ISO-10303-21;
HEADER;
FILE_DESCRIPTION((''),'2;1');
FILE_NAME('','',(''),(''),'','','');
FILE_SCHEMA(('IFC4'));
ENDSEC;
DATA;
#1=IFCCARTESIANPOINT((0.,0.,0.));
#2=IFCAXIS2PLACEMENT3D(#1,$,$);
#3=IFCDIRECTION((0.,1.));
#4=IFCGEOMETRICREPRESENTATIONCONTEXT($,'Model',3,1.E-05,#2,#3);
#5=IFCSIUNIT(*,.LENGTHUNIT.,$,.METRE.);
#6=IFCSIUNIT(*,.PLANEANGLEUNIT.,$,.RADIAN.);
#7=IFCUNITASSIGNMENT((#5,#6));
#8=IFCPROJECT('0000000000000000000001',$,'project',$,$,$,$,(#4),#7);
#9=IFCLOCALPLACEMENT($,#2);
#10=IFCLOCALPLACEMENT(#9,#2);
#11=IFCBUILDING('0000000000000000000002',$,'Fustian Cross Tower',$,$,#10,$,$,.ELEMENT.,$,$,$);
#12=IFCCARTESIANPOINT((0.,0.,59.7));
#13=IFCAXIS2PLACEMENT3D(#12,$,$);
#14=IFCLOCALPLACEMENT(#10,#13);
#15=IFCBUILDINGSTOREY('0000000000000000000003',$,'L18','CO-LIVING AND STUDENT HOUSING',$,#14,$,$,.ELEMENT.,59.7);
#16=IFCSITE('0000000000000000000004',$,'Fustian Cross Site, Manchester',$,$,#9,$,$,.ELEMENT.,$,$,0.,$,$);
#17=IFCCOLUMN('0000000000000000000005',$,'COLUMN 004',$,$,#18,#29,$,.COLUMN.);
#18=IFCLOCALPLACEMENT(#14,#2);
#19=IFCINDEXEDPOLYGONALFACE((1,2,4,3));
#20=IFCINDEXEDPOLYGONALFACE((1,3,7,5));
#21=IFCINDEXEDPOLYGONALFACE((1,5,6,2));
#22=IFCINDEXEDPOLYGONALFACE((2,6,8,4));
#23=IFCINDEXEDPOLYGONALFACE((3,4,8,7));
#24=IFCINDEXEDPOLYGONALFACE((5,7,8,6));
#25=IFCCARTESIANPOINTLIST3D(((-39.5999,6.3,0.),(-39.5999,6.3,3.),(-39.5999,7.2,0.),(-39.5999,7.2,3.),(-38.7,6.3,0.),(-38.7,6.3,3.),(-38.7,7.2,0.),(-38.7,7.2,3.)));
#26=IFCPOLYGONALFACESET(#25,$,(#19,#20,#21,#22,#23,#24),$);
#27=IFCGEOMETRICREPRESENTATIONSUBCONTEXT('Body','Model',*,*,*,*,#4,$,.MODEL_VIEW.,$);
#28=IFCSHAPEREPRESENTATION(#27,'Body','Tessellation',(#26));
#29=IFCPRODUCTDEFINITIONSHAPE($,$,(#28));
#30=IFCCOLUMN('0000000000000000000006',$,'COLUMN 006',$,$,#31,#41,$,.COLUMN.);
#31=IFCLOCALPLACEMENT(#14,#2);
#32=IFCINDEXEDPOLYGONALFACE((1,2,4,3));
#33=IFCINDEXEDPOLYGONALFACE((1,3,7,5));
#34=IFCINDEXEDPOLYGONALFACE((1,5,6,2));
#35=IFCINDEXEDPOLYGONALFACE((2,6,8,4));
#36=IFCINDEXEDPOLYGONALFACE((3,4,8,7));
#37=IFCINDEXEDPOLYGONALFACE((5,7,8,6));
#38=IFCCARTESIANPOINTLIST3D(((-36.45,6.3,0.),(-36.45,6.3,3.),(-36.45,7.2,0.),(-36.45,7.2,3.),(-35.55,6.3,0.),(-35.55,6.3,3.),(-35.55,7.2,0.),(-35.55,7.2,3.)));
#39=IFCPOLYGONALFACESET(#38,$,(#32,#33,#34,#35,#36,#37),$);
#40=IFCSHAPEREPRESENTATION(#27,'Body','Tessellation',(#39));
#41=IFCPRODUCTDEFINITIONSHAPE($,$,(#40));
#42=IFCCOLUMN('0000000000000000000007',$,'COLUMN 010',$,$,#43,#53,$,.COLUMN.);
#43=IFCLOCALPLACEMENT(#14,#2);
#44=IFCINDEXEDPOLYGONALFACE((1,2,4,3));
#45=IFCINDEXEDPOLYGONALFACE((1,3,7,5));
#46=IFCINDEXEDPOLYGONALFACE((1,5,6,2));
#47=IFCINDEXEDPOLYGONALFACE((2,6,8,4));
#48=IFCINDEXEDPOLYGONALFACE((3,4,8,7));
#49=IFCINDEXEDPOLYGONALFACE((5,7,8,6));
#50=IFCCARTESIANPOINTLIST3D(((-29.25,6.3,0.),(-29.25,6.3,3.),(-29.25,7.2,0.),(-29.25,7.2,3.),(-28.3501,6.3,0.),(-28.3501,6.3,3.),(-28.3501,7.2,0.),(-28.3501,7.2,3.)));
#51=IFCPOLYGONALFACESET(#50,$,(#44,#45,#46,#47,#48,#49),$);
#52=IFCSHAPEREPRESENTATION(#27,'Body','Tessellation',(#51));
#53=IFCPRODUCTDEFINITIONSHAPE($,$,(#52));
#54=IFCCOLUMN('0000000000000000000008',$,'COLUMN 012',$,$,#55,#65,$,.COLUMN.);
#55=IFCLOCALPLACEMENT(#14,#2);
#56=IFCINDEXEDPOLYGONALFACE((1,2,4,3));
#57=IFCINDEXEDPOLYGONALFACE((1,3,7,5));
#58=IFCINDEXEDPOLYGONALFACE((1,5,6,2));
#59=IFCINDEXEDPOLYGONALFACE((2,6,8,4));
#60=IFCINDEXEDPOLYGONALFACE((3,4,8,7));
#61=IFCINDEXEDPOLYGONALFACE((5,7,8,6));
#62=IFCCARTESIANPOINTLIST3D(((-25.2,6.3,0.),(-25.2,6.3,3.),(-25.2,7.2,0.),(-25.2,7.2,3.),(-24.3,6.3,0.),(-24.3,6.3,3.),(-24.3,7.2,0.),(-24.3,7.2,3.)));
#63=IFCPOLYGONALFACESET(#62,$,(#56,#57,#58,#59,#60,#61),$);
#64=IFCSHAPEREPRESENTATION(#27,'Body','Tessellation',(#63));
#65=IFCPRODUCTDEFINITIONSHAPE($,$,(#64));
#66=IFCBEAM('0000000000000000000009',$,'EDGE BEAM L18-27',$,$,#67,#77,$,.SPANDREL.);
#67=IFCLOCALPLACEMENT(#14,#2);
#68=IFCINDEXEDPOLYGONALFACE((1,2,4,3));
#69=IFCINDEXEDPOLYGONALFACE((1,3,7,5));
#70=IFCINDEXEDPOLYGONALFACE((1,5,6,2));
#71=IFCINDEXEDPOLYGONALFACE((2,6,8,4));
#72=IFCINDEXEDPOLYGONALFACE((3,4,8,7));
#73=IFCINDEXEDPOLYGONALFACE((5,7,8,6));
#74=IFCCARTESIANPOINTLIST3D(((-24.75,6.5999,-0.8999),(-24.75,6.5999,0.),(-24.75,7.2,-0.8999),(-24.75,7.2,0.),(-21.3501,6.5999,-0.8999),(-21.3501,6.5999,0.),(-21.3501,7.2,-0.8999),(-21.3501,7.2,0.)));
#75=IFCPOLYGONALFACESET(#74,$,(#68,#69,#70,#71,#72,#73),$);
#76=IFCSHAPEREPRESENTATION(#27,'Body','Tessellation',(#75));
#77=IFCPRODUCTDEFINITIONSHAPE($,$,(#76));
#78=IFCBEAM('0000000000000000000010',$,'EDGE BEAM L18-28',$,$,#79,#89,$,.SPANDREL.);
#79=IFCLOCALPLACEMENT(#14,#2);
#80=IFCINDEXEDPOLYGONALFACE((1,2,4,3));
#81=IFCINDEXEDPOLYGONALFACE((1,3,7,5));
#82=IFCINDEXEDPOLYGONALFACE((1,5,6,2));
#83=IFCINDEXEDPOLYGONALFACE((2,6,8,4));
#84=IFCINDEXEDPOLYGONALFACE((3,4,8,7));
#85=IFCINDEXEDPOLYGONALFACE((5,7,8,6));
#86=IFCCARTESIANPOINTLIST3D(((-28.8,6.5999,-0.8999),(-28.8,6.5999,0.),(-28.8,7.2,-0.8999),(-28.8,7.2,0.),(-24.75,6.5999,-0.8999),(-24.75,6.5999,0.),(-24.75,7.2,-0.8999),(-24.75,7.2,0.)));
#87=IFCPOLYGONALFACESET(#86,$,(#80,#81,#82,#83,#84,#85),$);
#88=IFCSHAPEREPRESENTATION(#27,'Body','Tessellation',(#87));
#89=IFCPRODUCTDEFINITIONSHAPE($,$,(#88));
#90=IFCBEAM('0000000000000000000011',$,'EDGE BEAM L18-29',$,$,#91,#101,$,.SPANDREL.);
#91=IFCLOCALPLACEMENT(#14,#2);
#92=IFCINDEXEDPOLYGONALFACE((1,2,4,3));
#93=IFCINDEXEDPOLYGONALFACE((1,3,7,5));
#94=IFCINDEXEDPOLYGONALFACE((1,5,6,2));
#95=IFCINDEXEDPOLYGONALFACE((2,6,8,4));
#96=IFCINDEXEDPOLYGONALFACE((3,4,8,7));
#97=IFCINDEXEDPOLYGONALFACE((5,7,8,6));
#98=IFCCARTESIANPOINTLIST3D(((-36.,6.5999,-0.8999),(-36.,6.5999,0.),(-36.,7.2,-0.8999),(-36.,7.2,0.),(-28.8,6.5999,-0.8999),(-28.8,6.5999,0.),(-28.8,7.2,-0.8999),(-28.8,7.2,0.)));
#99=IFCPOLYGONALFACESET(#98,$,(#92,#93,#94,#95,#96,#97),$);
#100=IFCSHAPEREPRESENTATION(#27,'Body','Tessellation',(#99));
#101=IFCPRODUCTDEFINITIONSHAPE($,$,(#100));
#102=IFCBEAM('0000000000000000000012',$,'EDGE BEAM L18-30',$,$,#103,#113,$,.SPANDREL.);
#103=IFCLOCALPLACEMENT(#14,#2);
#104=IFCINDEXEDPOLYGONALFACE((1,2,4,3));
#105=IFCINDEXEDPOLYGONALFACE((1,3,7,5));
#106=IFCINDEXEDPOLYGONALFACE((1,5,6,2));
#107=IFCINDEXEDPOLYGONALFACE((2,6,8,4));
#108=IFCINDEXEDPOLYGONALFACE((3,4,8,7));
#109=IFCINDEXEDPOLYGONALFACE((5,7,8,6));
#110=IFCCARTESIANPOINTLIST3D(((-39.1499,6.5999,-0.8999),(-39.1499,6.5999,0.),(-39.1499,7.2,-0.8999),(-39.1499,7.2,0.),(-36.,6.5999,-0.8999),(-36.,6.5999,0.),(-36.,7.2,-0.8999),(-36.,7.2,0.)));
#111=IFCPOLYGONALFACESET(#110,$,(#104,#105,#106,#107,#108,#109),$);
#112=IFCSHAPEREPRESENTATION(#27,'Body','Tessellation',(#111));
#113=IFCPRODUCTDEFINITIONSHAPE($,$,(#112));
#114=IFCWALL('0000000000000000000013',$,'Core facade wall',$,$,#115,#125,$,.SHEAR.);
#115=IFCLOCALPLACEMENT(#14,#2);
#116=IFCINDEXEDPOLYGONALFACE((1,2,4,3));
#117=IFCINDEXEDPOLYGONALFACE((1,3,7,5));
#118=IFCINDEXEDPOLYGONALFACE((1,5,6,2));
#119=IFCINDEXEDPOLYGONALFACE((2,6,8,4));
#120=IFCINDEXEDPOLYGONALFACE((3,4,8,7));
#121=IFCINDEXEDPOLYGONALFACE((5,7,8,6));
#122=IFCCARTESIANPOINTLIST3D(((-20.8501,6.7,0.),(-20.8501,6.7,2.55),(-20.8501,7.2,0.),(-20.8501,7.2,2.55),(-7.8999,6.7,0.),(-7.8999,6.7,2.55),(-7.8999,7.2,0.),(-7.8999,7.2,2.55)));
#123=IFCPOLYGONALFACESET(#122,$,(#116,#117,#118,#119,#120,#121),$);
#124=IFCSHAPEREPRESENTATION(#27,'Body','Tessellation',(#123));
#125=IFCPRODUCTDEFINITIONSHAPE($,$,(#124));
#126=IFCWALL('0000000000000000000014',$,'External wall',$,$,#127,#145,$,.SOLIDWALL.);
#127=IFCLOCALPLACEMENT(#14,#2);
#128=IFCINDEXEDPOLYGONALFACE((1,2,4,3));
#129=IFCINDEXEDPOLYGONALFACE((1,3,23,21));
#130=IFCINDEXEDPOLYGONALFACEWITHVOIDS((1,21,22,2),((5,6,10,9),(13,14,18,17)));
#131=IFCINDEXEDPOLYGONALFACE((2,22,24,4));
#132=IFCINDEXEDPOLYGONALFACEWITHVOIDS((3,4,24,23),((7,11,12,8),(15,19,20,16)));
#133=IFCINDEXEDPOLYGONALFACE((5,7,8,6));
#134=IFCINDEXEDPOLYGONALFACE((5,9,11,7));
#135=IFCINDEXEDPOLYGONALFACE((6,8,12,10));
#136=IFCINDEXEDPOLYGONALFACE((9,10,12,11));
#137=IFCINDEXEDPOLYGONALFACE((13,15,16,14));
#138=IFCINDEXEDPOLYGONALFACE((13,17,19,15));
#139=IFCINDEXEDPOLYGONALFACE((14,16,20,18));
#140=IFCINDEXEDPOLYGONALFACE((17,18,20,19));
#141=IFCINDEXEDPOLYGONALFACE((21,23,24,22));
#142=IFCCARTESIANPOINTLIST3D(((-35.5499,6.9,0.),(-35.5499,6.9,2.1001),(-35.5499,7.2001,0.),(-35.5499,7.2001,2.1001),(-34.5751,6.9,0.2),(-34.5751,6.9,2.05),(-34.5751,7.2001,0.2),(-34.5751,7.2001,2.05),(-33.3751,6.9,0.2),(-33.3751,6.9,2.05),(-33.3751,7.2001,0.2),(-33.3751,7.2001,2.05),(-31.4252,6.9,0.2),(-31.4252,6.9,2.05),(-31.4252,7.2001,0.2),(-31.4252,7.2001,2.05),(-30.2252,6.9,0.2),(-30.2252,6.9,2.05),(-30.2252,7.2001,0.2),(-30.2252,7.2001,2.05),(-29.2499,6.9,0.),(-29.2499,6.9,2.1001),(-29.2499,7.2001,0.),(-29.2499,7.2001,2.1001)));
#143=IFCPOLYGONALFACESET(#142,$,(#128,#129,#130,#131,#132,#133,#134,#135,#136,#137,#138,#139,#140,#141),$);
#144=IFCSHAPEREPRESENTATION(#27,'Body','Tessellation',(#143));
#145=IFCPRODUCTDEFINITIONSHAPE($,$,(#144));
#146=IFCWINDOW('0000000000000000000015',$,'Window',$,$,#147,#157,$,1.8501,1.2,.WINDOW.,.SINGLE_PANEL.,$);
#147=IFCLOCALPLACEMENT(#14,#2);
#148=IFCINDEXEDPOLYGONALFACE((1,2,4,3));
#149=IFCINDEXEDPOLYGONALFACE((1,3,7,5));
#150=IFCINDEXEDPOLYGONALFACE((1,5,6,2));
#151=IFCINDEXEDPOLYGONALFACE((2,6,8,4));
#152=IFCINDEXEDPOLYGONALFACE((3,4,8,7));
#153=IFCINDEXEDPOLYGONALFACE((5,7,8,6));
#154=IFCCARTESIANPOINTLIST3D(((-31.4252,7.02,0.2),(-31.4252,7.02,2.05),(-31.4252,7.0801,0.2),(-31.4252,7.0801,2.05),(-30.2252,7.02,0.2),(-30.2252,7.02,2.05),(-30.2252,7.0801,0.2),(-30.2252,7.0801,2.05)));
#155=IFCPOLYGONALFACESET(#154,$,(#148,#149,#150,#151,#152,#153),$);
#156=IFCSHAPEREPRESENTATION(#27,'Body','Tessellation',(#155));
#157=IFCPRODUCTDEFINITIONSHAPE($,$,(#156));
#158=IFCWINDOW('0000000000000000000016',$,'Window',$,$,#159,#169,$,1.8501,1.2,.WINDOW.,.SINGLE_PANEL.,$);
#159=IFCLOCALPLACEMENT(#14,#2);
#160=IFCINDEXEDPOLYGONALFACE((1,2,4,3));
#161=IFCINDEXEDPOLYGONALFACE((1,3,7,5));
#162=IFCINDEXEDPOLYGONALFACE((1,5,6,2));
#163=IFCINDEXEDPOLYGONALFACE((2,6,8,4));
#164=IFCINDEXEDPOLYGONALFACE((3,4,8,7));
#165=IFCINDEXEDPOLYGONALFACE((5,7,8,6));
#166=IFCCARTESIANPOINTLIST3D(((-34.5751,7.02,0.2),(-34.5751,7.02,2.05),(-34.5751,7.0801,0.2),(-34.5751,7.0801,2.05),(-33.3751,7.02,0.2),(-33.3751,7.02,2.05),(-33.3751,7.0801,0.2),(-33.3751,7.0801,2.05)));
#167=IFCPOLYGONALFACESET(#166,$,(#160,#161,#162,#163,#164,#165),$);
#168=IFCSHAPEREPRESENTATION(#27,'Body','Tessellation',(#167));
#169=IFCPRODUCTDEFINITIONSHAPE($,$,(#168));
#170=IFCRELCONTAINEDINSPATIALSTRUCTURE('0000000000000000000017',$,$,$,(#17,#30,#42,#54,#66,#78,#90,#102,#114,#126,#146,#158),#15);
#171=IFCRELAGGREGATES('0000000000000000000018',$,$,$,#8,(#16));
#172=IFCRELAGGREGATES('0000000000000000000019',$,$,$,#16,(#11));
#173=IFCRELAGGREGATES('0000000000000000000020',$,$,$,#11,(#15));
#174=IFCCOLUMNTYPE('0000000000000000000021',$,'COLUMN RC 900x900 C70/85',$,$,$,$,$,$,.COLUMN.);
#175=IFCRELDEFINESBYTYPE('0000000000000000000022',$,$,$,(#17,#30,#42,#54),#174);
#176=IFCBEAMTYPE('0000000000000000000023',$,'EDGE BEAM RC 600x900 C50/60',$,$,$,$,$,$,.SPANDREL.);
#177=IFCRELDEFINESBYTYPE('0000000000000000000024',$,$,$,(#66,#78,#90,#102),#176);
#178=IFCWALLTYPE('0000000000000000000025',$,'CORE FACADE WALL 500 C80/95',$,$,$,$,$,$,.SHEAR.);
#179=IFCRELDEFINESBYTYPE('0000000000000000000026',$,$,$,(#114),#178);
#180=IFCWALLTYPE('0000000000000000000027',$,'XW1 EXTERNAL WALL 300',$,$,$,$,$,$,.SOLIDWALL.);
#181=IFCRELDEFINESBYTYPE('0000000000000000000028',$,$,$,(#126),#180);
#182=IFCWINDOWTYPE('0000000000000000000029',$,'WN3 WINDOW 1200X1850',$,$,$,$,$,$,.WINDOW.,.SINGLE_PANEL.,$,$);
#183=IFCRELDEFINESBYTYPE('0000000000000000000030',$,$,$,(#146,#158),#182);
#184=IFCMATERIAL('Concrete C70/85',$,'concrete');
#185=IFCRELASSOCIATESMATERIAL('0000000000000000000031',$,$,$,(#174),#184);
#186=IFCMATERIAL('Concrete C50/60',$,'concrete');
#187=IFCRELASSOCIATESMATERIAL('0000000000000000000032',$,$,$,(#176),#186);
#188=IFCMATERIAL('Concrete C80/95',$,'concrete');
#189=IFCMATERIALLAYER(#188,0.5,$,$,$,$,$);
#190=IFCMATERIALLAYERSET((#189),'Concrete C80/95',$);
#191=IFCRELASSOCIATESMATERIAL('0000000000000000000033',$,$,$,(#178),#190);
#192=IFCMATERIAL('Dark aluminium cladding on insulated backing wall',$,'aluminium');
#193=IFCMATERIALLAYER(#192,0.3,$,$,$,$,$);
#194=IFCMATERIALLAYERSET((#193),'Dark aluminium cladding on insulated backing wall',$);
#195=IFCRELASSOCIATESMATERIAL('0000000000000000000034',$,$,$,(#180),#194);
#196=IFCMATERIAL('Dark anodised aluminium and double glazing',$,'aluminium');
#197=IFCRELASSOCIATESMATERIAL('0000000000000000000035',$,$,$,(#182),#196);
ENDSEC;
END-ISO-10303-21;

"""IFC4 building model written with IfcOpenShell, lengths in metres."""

from ifc_helpers import new_model, si_unit, direction, frame, frame_2d, origin, origin_2d, place, context, subcontext, project, spatial, rectangle, extrude, material, layer, layer_set, material_profile, profile_set, type_object, element, fill, save


model = new_model("IFC4")

# Units and contexts
model_context = context("Model", 3, precision=1e-05, world=origin(), true_north=direction((0.0, 1.0)))
body_context = subcontext(model_context, "Body", "Model", "MODEL_VIEW")
ifc_project = project(units=[si_unit("LENGTHUNIT", "METRE"), si_unit("PLANEANGLEUNIT", "RADIAN")], contexts=[model_context])

# Site, building, storey
site_placement = place(None, origin())
site = spatial("IfcSite", under=ifc_project, at=site_placement, Name="Fustian Cross Site, Manchester", CompositionType="ELEMENT", RefElevation=0.0)
building_placement = place(site_placement, origin())
building = spatial("IfcBuilding", under=site, at=building_placement, Name="Fustian Cross Tower", CompositionType="ELEMENT")
storey_placement = place(building_placement, frame((0.0, 0.0, 59.7)))
storey = spatial("IfcBuildingStorey", under=building, at=storey_placement, Name="L18", Description="CO-LIVING AND STUDENT HOUSING", CompositionType="ELEMENT", Elevation=59.7)

# Columns
ifc_material_1 = material(Name="Concrete C70/85", Category="concrete")
ifc_material_profile_1 = material_profile(ifc_material_1, rectangle(XDim=0.8999, YDim=0.8999, at=origin_2d()), Name="RC 900x900")
ifc_profile_set_1 = profile_set([ifc_material_profile_1], Name="Concrete C70/85")
column_type = type_object("IfcColumnType", Name="COLUMN RC 900x900 C70/85", PredefinedType="COLUMN", material=ifc_profile_set_1)
for number, where, z_axis, x_axis, name in (
    (1, (-39.1499, 6.75, 0.0), (0.0, 0.0, 1.0), (1.0, 0.0, 0.0), "COLUMN 004"),
    (2, (-36.0, 6.75, 0.0), (0.0, 0.0, 1.0), (1.0, 0.0, 0.0), "COLUMN 006"),
    (3, (-28.8, 6.75, 0.0), (0.0, 0.0, 1.0), (1.0, 0.0, 0.0), "COLUMN 010"),
    (4, (-24.75, 6.75, 0.0), (0.0, 0.0, 1.0), (1.0, 0.0, 0.0), "COLUMN 012"),
):
    element("IfcColumn", number, at=place(storey_placement, frame(where, z_axis=z_axis, x_axis=x_axis)), inside=storey, type_object=column_type, Name=name, PredefinedType="COLUMN", context=body_context, shape_type="SweptSolid", body=[
        extrude(rectangle(XDim=0.8999, YDim=0.8999, at=origin_2d()), origin(), (0.0, 0.0, 1.0), 3.0),
    ])

# Beams
ifc_material_2 = material(Name="Concrete C50/60", Category="concrete")
ifc_material_profile_2 = material_profile(ifc_material_2, rectangle(XDim=0.6001, YDim=0.8999, at=origin_2d()), Name="RC 600x900")
ifc_profile_set_2 = profile_set([ifc_material_profile_2], Name="Concrete C50/60")
beam_type = type_object("IfcBeamType", Name="EDGE BEAM RC 600x900 C50/60", PredefinedType="SPANDREL", material=ifc_profile_set_2)
beam_1_placement = place(storey_placement, frame((-21.3501, 6.8999, -0.45), z_axis=(-1.0, 0.0, 0.0), x_axis=(0.0, -1.0, 0.0)))
element("IfcBeam", 5, at=beam_1_placement, inside=storey, type_object=beam_type, Name="EDGE BEAM L18-27", PredefinedType="SPANDREL", context=body_context, shape_type="SweptSolid", body=[
    extrude(rectangle(XDim=0.6001, YDim=0.8999, at=origin_2d()), origin(), (0.0, 0.0, 1.0), 3.3999),
])
beam_2_placement = place(storey_placement, frame((-24.75, 6.8999, -0.45), z_axis=(-1.0, 0.0, 0.0), x_axis=(0.0, -1.0, 0.0)))
element("IfcBeam", 6, at=beam_2_placement, inside=storey, type_object=beam_type, Name="EDGE BEAM L18-28", PredefinedType="SPANDREL", context=body_context, shape_type="SweptSolid", body=[
    extrude(rectangle(XDim=0.6001, YDim=0.8999, at=origin_2d()), origin(), (0.0, 0.0, 1.0), 4.05),
])
beam_3_placement = place(storey_placement, frame((-28.8, 6.8999, -0.45), z_axis=(-1.0, 0.0, 0.0), x_axis=(0.0, -1.0, 0.0)))
element("IfcBeam", 7, at=beam_3_placement, inside=storey, type_object=beam_type, Name="EDGE BEAM L18-29", PredefinedType="SPANDREL", context=body_context, shape_type="SweptSolid", body=[
    extrude(rectangle(XDim=0.6001, YDim=0.8999, at=origin_2d()), origin(), (0.0, 0.0, 1.0), 7.2),
])
beam_4_placement = place(storey_placement, frame((-36.0, 6.8999, -0.45), z_axis=(-1.0, 0.0, 0.0), x_axis=(0.0, -1.0, 0.0)))
element("IfcBeam", 8, at=beam_4_placement, inside=storey, type_object=beam_type, Name="EDGE BEAM L18-30", PredefinedType="SPANDREL", context=body_context, shape_type="SweptSolid", body=[
    extrude(rectangle(XDim=0.6001, YDim=0.8999, at=origin_2d()), origin(), (0.0, 0.0, 1.0), 3.1499),
])

# Wall
ifc_material_3 = material(Name="Concrete C80/95", Category="concrete")
ifc_layer_1 = layer(ifc_material_3, 0.5)
ifc_layer_set_1 = layer_set([ifc_layer_1], Name="Concrete C80/95")
wall_type_1 = type_object("IfcWallType", Name="CORE FACADE WALL 500 C80/95", PredefinedType="SHEAR", material=ifc_layer_set_1)
wall_1_placement = place(storey_placement, frame((-7.8999, 6.95, 0.0), z_axis=(0.0, 0.0, 1.0), x_axis=(-1.0, 0.0, 0.0)))
element("IfcWall", 9, at=wall_1_placement, inside=storey, type_object=wall_type_1, Name="Core facade wall", PredefinedType="SHEAR", context=body_context, shape_type="SweptSolid", body=[
    extrude(rectangle(XDim=12.9502, YDim=0.5, at=frame_2d((6.4751, 0.0))), origin(), (0.0, 0.0, 1.0), 2.55),
])

# Wall, openings, windows
ifc_material_4 = material(Name="Dark aluminium cladding on insulated backing wall", Category="aluminium")
ifc_layer_2 = layer(ifc_material_4, 0.3)
ifc_layer_set_2 = layer_set([ifc_layer_2], Name="Dark aluminium cladding on insulated backing wall")
wall_type_2 = type_object("IfcWallType", Name="XW1 EXTERNAL WALL 300", PredefinedType="SOLIDWALL", material=ifc_layer_set_2)
wall_2_placement = place(storey_placement, frame((-29.25, 7.05, 0.0), z_axis=(0.0, 0.0, 1.0), x_axis=(-1.0, 0.0, 0.0)))
wall_2 = element("IfcWall", 10, at=wall_2_placement, inside=storey, type_object=wall_type_2, Name="External wall", PredefinedType="SOLIDWALL", context=body_context, shape_type="SweptSolid", body=[
    extrude(rectangle(XDim=6.3, YDim=0.3, at=frame_2d((3.1499, 0.0))), origin(), (0.0, 0.0, 1.0), 2.1001),
])
opening_1_placement = place(wall_2_placement, frame((0.9751, 0.0, 0.2)))
opening_1 = element("IfcOpeningElement", 11, at=opening_1_placement, cuts=wall_2, PredefinedType="OPENING", context=body_context, shape_type="SweptSolid", body=[
    extrude(rectangle(XDim=1.2, YDim=1.8501, at=frame_2d((0.6001, 0.925))), frame((0.0, 0.1599, 0.0), z_axis=(0.0, -1.0, 0.0), x_axis=(1.0, 0.0, 0.0)), (0.0, 0.0, 1.0), 0.3201),
])
opening_2_placement = place(wall_2_placement, frame((4.125, 0.0, 0.2)))
opening_2 = element("IfcOpeningElement", 12, at=opening_2_placement, cuts=wall_2, PredefinedType="OPENING", context=body_context, shape_type="SweptSolid", body=[
    extrude(rectangle(XDim=1.2, YDim=1.8501, at=frame_2d((0.6001, 0.925))), frame((0.0, 0.1599, 0.0), z_axis=(0.0, -1.0, 0.0), x_axis=(1.0, 0.0, 0.0)), (0.0, 0.0, 1.0), 0.3201),
])
ifc_material_5 = material(Name="Dark anodised aluminium and double glazing", Category="aluminium")
window_type = type_object("IfcWindowType", Name="WN3 WINDOW 1200X1850", PartitioningType="SINGLE_PANEL", PredefinedType="WINDOW", material=ifc_material_5)
window_1_placement = place(opening_1_placement, origin())
window_1 = element("IfcWindow", 13, at=window_1_placement, inside=storey, type_object=window_type, Name="Window", OverallHeight=1.8501, OverallWidth=1.2, PartitioningType="SINGLE_PANEL", PredefinedType="WINDOW", context=body_context, shape_type="SweptSolid", body=[
    extrude(rectangle(XDim=1.2, YDim=1.8501, at=frame_2d((0.6001, 0.925))), frame((0.0, 0.03, 0.0), z_axis=(0.0, -1.0, 0.0), x_axis=(1.0, 0.0, 0.0)), (0.0, 0.0, 1.0), 0.0601),
])
fill(opening_1, window_1)
window_2_placement = place(opening_2_placement, origin())
window_2 = element("IfcWindow", 14, at=window_2_placement, inside=storey, type_object=window_type, Name="Window", OverallHeight=1.8501, OverallWidth=1.2, PartitioningType="SINGLE_PANEL", PredefinedType="WINDOW", context=body_context, shape_type="SweptSolid", body=[
    extrude(rectangle(XDim=1.2, YDim=1.8501, at=frame_2d((0.6001, 0.925))), frame((0.0, 0.03, 0.0), z_axis=(0.0, -1.0, 0.0), x_axis=(1.0, 0.0, 0.0)), (0.0, 0.0, 1.0), 0.0601),
])
fill(opening_2, window_2)

save(model, "model.ifc")
